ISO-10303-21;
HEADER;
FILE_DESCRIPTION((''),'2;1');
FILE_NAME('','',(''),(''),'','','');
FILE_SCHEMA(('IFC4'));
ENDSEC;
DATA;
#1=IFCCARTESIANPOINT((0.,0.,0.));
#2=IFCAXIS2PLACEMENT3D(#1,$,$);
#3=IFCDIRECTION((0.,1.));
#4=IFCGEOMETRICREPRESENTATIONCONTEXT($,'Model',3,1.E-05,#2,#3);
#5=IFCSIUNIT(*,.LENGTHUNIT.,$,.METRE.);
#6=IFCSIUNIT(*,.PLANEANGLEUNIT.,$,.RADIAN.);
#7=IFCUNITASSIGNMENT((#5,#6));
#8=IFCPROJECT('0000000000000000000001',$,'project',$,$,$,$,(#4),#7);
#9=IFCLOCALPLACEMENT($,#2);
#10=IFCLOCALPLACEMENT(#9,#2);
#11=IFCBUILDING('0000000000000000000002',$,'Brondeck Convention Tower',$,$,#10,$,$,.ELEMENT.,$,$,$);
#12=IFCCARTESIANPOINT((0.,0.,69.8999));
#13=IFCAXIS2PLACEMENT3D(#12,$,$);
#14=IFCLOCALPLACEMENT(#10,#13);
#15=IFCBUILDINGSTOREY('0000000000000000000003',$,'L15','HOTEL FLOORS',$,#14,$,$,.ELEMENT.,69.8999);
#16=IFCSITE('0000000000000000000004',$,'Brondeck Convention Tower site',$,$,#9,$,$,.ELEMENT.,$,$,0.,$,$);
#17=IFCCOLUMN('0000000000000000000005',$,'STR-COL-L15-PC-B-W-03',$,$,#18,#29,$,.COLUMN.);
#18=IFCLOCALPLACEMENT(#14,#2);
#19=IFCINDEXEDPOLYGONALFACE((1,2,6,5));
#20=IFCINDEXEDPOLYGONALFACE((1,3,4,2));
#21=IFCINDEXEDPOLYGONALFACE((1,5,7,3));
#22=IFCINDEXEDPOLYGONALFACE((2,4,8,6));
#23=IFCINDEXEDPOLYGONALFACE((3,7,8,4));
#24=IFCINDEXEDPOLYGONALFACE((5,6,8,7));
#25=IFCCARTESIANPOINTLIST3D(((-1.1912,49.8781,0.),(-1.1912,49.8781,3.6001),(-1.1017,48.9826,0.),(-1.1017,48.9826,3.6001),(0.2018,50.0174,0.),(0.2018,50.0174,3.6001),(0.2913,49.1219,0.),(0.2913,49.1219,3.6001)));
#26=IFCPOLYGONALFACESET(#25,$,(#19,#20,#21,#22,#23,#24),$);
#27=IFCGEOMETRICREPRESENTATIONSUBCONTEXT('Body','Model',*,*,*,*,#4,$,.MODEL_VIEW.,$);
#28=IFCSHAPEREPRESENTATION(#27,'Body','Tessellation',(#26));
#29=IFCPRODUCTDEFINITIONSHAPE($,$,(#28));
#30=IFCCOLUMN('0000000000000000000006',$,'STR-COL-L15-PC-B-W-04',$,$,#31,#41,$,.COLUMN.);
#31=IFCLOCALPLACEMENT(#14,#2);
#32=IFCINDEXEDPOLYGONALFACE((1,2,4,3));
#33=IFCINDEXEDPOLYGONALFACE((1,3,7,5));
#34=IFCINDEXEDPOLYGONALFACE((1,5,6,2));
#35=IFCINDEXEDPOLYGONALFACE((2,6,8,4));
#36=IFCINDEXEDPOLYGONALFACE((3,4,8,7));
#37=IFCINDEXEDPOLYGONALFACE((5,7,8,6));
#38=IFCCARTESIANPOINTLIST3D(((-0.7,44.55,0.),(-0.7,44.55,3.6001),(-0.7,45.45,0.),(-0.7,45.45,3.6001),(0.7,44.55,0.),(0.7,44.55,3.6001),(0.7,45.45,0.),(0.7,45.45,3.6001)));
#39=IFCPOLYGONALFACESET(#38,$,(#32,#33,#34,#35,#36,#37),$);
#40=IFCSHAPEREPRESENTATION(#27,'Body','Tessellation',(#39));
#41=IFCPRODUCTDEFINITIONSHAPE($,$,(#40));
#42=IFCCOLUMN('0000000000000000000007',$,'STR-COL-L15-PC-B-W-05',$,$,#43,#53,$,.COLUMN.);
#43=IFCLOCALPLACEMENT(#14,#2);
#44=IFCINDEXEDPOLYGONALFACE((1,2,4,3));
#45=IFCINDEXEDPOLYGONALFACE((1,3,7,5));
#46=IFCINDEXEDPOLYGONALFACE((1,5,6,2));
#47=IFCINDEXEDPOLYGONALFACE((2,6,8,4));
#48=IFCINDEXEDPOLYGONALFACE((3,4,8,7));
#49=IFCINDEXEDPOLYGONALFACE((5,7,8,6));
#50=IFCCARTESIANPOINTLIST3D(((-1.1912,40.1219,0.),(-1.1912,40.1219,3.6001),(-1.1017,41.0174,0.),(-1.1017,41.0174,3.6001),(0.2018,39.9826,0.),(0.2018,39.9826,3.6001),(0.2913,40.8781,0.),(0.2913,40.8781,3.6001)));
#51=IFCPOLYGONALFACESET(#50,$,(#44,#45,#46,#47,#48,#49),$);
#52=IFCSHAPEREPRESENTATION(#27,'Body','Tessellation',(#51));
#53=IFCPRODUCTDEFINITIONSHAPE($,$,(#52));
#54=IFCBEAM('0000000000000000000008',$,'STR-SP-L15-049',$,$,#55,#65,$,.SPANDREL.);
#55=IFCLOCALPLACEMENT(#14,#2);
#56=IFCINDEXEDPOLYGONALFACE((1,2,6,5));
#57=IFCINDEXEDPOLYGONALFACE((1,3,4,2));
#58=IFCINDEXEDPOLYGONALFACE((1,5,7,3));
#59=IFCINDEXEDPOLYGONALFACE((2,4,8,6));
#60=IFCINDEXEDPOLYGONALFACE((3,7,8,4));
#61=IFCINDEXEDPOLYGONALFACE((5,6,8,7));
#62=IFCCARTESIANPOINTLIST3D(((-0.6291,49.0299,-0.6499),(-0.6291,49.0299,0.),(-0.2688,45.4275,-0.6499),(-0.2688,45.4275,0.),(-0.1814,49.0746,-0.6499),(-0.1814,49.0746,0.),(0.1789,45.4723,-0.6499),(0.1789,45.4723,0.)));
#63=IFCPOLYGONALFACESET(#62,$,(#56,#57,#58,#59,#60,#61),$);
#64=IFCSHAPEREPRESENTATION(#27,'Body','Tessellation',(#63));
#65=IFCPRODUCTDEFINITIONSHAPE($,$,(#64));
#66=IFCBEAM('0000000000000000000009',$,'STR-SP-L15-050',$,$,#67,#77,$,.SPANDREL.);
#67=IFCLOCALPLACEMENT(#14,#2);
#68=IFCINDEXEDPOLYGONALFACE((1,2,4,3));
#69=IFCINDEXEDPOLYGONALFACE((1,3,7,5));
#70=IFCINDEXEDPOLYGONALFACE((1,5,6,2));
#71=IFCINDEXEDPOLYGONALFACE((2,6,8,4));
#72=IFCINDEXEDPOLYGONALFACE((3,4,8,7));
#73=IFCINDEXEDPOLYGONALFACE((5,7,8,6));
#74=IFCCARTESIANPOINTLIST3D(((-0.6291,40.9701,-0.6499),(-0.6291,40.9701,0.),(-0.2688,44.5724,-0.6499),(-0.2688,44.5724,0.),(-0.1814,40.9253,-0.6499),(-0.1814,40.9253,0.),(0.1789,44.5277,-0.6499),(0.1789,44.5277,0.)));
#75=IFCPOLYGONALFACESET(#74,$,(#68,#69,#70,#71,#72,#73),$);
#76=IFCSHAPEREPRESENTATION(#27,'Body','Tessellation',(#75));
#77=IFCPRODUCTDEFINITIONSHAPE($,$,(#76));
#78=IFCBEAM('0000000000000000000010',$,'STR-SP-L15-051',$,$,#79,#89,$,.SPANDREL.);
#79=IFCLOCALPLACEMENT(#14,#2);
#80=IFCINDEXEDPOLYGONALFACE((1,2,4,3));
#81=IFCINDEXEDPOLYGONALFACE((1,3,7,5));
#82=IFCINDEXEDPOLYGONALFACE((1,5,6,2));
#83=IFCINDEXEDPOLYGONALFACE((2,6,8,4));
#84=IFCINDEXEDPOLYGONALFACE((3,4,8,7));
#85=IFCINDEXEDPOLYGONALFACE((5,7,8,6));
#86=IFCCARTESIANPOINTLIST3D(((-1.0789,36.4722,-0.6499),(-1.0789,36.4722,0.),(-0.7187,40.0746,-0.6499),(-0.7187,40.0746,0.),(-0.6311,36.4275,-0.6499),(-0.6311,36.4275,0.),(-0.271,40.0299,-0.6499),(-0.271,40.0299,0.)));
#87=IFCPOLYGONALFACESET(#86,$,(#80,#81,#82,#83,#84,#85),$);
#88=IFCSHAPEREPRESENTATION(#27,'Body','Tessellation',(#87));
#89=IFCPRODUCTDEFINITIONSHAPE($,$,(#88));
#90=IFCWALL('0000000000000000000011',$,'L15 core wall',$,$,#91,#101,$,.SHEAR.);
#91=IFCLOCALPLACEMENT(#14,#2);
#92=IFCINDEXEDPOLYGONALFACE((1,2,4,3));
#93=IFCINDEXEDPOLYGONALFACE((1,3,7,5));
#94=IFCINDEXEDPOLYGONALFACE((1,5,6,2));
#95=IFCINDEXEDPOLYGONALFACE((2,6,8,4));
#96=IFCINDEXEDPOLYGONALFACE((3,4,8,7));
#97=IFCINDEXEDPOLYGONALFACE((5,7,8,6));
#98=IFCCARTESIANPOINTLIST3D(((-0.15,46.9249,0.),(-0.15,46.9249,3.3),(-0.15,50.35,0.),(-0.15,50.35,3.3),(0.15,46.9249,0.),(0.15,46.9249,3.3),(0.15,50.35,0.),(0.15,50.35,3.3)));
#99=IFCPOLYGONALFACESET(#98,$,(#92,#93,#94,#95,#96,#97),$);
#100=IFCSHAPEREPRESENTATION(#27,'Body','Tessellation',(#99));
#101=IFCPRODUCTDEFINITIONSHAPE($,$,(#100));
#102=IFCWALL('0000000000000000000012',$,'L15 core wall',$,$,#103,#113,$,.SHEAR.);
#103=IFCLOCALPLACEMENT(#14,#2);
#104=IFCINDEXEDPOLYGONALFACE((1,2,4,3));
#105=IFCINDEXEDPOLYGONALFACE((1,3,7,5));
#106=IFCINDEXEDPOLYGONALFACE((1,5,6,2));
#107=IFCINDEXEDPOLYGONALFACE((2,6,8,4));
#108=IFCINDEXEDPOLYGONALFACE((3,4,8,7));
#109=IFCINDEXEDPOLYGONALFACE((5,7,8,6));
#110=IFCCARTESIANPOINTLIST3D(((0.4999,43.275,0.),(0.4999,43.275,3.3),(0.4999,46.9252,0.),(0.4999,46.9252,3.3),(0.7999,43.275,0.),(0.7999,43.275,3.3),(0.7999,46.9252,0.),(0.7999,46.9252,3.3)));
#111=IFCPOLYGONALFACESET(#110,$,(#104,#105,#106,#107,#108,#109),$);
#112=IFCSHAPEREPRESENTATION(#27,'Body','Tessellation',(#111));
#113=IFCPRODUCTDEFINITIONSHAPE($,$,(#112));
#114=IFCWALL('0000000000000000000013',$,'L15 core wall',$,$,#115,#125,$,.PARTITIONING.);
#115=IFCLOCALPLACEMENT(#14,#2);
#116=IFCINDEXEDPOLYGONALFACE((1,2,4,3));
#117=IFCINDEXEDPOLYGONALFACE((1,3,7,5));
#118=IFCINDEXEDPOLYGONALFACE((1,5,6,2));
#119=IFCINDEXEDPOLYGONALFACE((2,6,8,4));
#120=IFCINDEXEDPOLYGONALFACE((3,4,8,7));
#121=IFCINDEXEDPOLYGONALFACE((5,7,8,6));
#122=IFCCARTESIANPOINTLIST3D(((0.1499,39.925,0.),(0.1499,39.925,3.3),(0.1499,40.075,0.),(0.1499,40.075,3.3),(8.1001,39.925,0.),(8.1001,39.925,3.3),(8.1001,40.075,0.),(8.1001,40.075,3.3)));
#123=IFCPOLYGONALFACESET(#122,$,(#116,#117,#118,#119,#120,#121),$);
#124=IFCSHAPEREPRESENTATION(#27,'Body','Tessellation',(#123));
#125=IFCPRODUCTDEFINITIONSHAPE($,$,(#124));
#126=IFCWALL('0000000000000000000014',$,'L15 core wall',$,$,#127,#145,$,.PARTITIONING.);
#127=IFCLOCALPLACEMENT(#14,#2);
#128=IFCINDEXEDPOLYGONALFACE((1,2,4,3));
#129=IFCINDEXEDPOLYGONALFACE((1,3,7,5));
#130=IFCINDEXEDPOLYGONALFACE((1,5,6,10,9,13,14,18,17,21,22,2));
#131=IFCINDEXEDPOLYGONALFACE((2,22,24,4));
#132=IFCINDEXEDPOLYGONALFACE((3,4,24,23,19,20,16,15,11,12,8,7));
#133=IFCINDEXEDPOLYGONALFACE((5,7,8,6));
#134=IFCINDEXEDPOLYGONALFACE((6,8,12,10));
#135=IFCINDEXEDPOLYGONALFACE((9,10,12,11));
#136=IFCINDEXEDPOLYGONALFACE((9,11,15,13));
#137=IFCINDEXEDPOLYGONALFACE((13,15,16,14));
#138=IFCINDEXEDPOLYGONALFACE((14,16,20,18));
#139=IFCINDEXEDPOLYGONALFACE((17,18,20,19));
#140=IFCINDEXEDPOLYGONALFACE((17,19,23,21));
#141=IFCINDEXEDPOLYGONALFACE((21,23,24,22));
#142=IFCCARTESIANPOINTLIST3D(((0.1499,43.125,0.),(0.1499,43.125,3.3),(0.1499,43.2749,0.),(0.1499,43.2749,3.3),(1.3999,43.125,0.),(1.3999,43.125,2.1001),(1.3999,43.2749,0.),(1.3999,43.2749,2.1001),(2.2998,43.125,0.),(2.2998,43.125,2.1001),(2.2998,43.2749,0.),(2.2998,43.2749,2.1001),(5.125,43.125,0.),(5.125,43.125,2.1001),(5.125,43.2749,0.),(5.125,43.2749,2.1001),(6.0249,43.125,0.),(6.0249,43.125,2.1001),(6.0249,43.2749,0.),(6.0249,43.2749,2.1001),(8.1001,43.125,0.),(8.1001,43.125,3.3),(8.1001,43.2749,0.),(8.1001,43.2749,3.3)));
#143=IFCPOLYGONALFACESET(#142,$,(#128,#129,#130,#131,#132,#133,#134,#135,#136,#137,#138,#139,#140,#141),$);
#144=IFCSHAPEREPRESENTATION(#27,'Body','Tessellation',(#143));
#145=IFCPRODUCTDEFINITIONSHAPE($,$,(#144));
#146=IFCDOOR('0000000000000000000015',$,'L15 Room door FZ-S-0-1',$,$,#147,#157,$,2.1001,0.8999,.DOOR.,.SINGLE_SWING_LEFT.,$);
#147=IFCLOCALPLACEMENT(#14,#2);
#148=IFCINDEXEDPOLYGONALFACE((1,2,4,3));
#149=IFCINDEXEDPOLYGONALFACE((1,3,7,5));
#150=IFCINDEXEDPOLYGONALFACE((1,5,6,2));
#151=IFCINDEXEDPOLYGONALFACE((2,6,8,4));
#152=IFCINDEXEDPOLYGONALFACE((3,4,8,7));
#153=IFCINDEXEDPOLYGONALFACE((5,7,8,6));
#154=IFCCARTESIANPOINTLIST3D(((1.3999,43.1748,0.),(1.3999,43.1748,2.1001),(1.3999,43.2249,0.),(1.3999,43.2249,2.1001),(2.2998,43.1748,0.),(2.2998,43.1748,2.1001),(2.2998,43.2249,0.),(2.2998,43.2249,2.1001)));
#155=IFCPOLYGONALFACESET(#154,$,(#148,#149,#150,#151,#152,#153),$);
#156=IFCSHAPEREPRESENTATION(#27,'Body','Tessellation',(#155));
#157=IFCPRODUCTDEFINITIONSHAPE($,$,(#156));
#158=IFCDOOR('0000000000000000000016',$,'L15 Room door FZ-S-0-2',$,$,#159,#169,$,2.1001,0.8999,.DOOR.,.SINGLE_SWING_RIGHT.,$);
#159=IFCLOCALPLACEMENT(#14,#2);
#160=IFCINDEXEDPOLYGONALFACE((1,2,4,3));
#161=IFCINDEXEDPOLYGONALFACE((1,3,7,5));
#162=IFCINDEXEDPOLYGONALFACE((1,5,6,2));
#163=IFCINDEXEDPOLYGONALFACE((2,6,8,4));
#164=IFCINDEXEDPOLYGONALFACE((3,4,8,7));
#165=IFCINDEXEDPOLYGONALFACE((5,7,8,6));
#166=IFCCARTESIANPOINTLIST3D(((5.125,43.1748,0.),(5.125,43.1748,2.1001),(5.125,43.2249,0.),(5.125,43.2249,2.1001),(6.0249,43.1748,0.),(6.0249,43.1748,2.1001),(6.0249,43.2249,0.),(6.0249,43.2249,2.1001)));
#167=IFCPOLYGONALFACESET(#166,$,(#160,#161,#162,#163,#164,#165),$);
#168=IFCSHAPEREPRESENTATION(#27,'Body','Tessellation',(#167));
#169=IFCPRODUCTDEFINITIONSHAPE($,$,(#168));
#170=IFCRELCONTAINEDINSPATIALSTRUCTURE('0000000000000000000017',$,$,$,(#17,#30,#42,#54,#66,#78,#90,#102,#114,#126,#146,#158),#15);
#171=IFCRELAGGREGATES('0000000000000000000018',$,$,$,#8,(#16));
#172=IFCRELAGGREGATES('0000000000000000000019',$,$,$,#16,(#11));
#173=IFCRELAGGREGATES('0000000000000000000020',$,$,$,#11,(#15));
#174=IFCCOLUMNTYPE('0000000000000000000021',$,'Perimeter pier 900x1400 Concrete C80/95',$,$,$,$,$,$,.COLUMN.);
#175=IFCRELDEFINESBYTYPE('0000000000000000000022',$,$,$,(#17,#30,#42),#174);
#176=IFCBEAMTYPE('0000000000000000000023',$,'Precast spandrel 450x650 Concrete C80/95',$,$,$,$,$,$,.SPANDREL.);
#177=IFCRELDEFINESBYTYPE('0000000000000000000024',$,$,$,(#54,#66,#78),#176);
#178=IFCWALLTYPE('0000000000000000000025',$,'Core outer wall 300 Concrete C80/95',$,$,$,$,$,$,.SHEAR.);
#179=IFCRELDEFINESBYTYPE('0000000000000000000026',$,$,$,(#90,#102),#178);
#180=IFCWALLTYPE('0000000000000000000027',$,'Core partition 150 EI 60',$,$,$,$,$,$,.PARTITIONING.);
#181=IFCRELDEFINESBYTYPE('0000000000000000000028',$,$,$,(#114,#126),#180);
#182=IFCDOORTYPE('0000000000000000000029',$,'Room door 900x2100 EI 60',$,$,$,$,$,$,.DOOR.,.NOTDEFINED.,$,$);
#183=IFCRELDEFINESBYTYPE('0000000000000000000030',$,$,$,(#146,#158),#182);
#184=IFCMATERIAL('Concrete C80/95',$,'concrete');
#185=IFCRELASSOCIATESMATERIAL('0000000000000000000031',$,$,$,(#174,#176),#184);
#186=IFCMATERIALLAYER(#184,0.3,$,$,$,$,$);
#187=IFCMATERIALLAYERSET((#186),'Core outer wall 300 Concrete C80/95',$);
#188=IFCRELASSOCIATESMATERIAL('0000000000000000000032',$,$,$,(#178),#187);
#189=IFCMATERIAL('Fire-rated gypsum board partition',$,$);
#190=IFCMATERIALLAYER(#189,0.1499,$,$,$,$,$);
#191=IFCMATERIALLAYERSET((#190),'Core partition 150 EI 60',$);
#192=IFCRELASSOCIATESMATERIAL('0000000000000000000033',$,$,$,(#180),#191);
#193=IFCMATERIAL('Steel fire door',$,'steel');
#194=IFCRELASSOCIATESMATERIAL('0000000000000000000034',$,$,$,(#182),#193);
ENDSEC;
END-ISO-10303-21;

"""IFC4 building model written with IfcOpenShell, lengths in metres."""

from ifc_helpers import new_model, si_unit, direction, frame, frame_2d, origin, origin_2d, place, context, subcontext, project, spatial, rectangle, extrude, material, layer, layer_set, material_profile, profile_set, type_object, element, fill, save


model = new_model("IFC4")

# Units and contexts
model_context = context("Model", 3, precision=1e-05, world=origin(), true_north=direction((0.0, 1.0)))
body_context = subcontext(model_context, "Body", "Model", "MODEL_VIEW")
ifc_project = project(units=[si_unit("LENGTHUNIT", "METRE"), si_unit("PLANEANGLEUNIT", "RADIAN")], contexts=[model_context])

# Site, building, storey
site_placement = place(None, origin())
site = spatial("IfcSite", under=ifc_project, at=site_placement, Name="Brondeck Convention Tower site", CompositionType="ELEMENT", RefElevation=0.0)
building_placement = place(site_placement, origin())
building = spatial("IfcBuilding", under=site, at=building_placement, Name="Brondeck Convention Tower", CompositionType="ELEMENT")
storey_placement = place(building_placement, frame((0.0, 0.0, 69.8999)))
storey = spatial("IfcBuildingStorey", under=building, at=storey_placement, Name="L15", Description="HOTEL FLOORS", CompositionType="ELEMENT", Elevation=69.8999)

# Columns
ifc_material_1 = material(Name="Concrete C80/95", Category="concrete")
ifc_material_profile_1 = material_profile(ifc_material_1, rectangle(XDim=0.8999, YDim=1.3999, at=origin_2d()), Name="Perimeter pier 900x1400 Concrete C80/95")
ifc_profile_set_1 = profile_set([ifc_material_profile_1], Name="Concrete C80/95")
column_type = type_object("IfcColumnType", Name="Perimeter pier 900x1400 Concrete C80/95", PredefinedType="COLUMN", material=ifc_profile_set_1)
for number, where, z_axis, x_axis, name in (
    (1, (-0.45, 49.5, 0.0), (0.0, 0.0, 1.0), (0.099504, -0.995037, 0.0), "STR-COL-L15-PC-B-W-03"),
    (2, (0.0, 45.0, 0.0), (0.0, 0.0, 1.0), (0.0, -1.0, 0.0), "STR-COL-L15-PC-B-W-04"),
    (3, (-0.45, 40.5, 0.0), (0.0, 0.0, 1.0), (-0.099504, -0.995037, 0.0), "STR-COL-L15-PC-B-W-05"),
):
    element("IfcColumn", number, at=place(storey_placement, frame(where, z_axis=z_axis, x_axis=x_axis)), inside=storey, type_object=column_type, Name=name, PredefinedType="COLUMN", context=body_context, shape_type="SweptSolid", body=[
        extrude(rectangle(XDim=0.8999, YDim=1.3999, at=origin_2d()), origin(), (0.0, 0.0, 1.0), 3.6001),
    ])

# Beams
ifc_material_profile_2 = material_profile(ifc_material_1, rectangle(XDim=0.45, YDim=0.6499, at=origin_2d()), Name="Precast spandrel 450x650 Concrete C80/95")
ifc_profile_set_2 = profile_set([ifc_material_profile_2], Name="Concrete C80/95")
beam_type = type_object("IfcBeamType", Name="Precast spandrel 450x650 Concrete C80/95", PredefinedType="SPANDREL", material=ifc_profile_set_2)
for number, where, z_axis, x_axis, name in (
    (4, (-0.4053, 49.0522, -0.325), (0.099537, -0.995034, 0.0), (0.995034, 0.099537, 0.0), "STR-SP-L15-049"),
    (5, (-0.0449, 44.55, -0.325), (-0.099537, -0.995034, 0.0), (0.995034, -0.099537, 0.0), "STR-SP-L15-050"),
    (6, (-0.4949, 40.0522, -0.325), (-0.09947, -0.995041, 0.0), (0.995041, -0.09947, 0.0), "STR-SP-L15-051"),
):
    element("IfcBeam", number, at=place(storey_placement, frame(where, z_axis=z_axis, x_axis=x_axis)), inside=storey, type_object=beam_type, Name=name, PredefinedType="SPANDREL", context=body_context, shape_type="SweptSolid", body=[
        extrude(rectangle(XDim=0.45, YDim=0.6499, at=origin_2d()), origin(), (0.0, 0.0, 1.0), 3.6204),
    ])

# Walls
ifc_layer_1 = layer(ifc_material_1, 0.3)
ifc_layer_set_1 = layer_set([ifc_layer_1], Name="Core outer wall 300 Concrete C80/95")
wall_type_1 = type_object("IfcWallType", Name="Core outer wall 300 Concrete C80/95", PredefinedType="SHEAR", material=ifc_layer_set_1)
wall_1_placement = place(storey_placement, frame((0.0, 46.925, 0.0), z_axis=(0.0, 0.0, 1.0), x_axis=(0.0, 1.0, 0.0)))
element("IfcWall", 7, at=wall_1_placement, inside=storey, type_object=wall_type_1, Name="L15 core wall", PredefinedType="SHEAR", context=body_context, shape_type="SweptSolid", body=[
    extrude(rectangle(XDim=3.425, YDim=0.3, at=frame_2d((1.7124, 0.0))), origin(), (0.0, 0.0, 1.0), 3.3),
])
wall_2_placement = place(storey_placement, frame((0.6499, 43.2749, 0.0), z_axis=(0.0, 0.0, 1.0), x_axis=(0.0, 1.0, 0.0)))
element("IfcWall", 8, at=wall_2_placement, inside=storey, type_object=wall_type_1, Name="L15 core wall", PredefinedType="SHEAR", context=body_context, shape_type="SweptSolid", body=[
    extrude(rectangle(XDim=3.6501, YDim=0.3, at=frame_2d((1.8252, 0.0))), origin(), (0.0, 0.0, 1.0), 3.3),
])
ifc_material_2 = material(Name="Fire-rated gypsum board partition")
ifc_layer_2 = layer(ifc_material_2, 0.1499)
ifc_layer_set_2 = layer_set([ifc_layer_2], Name="Core partition 150 EI 60")
wall_type_2 = type_object("IfcWallType", Name="Core partition 150 EI 60", PredefinedType="PARTITIONING", material=ifc_layer_set_2)
wall_3_placement = place(storey_placement, frame((0.1499, 40.0, 0.0), z_axis=(0.0, 0.0, 1.0), x_axis=(1.0, 0.0, 0.0)))
element("IfcWall", 9, at=wall_3_placement, inside=storey, type_object=wall_type_2, Name="L15 core wall", PredefinedType="PARTITIONING", context=body_context, shape_type="SweptSolid", body=[
    extrude(rectangle(XDim=7.9502, YDim=0.1499, at=frame_2d((3.9751, 0.0))), origin(), (0.0, 0.0, 1.0), 3.3),
])

# Wall, openings, doors
wall_4_placement = place(storey_placement, frame((0.1499, 43.2, 0.0), z_axis=(0.0, 0.0, 1.0), x_axis=(1.0, 0.0, 0.0)))
wall_4 = element("IfcWall", 10, at=wall_4_placement, inside=storey, type_object=wall_type_2, Name="L15 core wall", PredefinedType="PARTITIONING", context=body_context, shape_type="SweptSolid", body=[
    extrude(rectangle(XDim=7.9502, YDim=0.1499, at=frame_2d((3.9751, 0.0))), origin(), (0.0, 0.0, 1.0), 3.3),
])
opening_1_placement = place(wall_4_placement, frame((1.25, 0.0, 0.0)))
opening_1 = element("IfcOpeningElement", 11, at=opening_1_placement, cuts=wall_4, PredefinedType="OPENING", context=body_context, shape_type="SweptSolid", body=[
    extrude(rectangle(XDim=0.8999, YDim=2.1001, at=frame_2d((0.45, 1.05))), frame((0.0, 0.085, 0.0), z_axis=(0.0, -1.0, 0.0), x_axis=(1.0, 0.0, 0.0)), (0.0, 0.0, 1.0), 0.1699),
])
opening_2_placement = place(wall_4_placement, frame((4.9751, 0.0, 0.0)))
opening_2 = element("IfcOpeningElement", 12, at=opening_2_placement, cuts=wall_4, PredefinedType="OPENING", context=body_context, shape_type="SweptSolid", body=[
    extrude(rectangle(XDim=0.8999, YDim=2.1001, at=frame_2d((0.45, 1.05))), frame((0.0, 0.085, 0.0), z_axis=(0.0, -1.0, 0.0), x_axis=(1.0, 0.0, 0.0)), (0.0, 0.0, 1.0), 0.1699),
])
ifc_material_3 = material(Name="Steel fire door", Category="steel")
door_type = type_object("IfcDoorType", Name="Room door 900x2100 EI 60", OperationType="NOTDEFINED", PredefinedType="DOOR", material=ifc_material_3)
door_1_placement = place(opening_1_placement, origin())
door_1 = element("IfcDoor", 13, at=door_1_placement, inside=storey, type_object=door_type, Name="L15 Room door FZ-S-0-1", OperationType="SINGLE_SWING_LEFT", OverallHeight=2.1001, OverallWidth=0.8999, PredefinedType="DOOR", context=body_context, shape_type="SweptSolid", body=[
    extrude(rectangle(XDim=0.8999, YDim=2.1001, at=frame_2d((0.45, 1.05))), frame((0.0, 0.0249, 0.0), z_axis=(0.0, -1.0, 0.0), x_axis=(1.0, 0.0, 0.0)), (0.0, 0.0, 1.0), 0.05),
])
fill(opening_1, door_1)
door_2_placement = place(opening_2_placement, origin())
door_2 = element("IfcDoor", 14, at=door_2_placement, inside=storey, type_object=door_type, Name="L15 Room door FZ-S-0-2", OperationType="SINGLE_SWING_RIGHT", OverallHeight=2.1001, OverallWidth=0.8999, PredefinedType="DOOR", context=body_context, shape_type="SweptSolid", body=[
    extrude(rectangle(XDim=0.8999, YDim=2.1001, at=frame_2d((0.45, 1.05))), frame((0.0, 0.0249, 0.0), z_axis=(0.0, -1.0, 0.0), x_axis=(1.0, 0.0, 0.0)), (0.0, 0.0, 1.0), 0.05),
])
fill(opening_2, door_2)

save(model, "model.ifc")
